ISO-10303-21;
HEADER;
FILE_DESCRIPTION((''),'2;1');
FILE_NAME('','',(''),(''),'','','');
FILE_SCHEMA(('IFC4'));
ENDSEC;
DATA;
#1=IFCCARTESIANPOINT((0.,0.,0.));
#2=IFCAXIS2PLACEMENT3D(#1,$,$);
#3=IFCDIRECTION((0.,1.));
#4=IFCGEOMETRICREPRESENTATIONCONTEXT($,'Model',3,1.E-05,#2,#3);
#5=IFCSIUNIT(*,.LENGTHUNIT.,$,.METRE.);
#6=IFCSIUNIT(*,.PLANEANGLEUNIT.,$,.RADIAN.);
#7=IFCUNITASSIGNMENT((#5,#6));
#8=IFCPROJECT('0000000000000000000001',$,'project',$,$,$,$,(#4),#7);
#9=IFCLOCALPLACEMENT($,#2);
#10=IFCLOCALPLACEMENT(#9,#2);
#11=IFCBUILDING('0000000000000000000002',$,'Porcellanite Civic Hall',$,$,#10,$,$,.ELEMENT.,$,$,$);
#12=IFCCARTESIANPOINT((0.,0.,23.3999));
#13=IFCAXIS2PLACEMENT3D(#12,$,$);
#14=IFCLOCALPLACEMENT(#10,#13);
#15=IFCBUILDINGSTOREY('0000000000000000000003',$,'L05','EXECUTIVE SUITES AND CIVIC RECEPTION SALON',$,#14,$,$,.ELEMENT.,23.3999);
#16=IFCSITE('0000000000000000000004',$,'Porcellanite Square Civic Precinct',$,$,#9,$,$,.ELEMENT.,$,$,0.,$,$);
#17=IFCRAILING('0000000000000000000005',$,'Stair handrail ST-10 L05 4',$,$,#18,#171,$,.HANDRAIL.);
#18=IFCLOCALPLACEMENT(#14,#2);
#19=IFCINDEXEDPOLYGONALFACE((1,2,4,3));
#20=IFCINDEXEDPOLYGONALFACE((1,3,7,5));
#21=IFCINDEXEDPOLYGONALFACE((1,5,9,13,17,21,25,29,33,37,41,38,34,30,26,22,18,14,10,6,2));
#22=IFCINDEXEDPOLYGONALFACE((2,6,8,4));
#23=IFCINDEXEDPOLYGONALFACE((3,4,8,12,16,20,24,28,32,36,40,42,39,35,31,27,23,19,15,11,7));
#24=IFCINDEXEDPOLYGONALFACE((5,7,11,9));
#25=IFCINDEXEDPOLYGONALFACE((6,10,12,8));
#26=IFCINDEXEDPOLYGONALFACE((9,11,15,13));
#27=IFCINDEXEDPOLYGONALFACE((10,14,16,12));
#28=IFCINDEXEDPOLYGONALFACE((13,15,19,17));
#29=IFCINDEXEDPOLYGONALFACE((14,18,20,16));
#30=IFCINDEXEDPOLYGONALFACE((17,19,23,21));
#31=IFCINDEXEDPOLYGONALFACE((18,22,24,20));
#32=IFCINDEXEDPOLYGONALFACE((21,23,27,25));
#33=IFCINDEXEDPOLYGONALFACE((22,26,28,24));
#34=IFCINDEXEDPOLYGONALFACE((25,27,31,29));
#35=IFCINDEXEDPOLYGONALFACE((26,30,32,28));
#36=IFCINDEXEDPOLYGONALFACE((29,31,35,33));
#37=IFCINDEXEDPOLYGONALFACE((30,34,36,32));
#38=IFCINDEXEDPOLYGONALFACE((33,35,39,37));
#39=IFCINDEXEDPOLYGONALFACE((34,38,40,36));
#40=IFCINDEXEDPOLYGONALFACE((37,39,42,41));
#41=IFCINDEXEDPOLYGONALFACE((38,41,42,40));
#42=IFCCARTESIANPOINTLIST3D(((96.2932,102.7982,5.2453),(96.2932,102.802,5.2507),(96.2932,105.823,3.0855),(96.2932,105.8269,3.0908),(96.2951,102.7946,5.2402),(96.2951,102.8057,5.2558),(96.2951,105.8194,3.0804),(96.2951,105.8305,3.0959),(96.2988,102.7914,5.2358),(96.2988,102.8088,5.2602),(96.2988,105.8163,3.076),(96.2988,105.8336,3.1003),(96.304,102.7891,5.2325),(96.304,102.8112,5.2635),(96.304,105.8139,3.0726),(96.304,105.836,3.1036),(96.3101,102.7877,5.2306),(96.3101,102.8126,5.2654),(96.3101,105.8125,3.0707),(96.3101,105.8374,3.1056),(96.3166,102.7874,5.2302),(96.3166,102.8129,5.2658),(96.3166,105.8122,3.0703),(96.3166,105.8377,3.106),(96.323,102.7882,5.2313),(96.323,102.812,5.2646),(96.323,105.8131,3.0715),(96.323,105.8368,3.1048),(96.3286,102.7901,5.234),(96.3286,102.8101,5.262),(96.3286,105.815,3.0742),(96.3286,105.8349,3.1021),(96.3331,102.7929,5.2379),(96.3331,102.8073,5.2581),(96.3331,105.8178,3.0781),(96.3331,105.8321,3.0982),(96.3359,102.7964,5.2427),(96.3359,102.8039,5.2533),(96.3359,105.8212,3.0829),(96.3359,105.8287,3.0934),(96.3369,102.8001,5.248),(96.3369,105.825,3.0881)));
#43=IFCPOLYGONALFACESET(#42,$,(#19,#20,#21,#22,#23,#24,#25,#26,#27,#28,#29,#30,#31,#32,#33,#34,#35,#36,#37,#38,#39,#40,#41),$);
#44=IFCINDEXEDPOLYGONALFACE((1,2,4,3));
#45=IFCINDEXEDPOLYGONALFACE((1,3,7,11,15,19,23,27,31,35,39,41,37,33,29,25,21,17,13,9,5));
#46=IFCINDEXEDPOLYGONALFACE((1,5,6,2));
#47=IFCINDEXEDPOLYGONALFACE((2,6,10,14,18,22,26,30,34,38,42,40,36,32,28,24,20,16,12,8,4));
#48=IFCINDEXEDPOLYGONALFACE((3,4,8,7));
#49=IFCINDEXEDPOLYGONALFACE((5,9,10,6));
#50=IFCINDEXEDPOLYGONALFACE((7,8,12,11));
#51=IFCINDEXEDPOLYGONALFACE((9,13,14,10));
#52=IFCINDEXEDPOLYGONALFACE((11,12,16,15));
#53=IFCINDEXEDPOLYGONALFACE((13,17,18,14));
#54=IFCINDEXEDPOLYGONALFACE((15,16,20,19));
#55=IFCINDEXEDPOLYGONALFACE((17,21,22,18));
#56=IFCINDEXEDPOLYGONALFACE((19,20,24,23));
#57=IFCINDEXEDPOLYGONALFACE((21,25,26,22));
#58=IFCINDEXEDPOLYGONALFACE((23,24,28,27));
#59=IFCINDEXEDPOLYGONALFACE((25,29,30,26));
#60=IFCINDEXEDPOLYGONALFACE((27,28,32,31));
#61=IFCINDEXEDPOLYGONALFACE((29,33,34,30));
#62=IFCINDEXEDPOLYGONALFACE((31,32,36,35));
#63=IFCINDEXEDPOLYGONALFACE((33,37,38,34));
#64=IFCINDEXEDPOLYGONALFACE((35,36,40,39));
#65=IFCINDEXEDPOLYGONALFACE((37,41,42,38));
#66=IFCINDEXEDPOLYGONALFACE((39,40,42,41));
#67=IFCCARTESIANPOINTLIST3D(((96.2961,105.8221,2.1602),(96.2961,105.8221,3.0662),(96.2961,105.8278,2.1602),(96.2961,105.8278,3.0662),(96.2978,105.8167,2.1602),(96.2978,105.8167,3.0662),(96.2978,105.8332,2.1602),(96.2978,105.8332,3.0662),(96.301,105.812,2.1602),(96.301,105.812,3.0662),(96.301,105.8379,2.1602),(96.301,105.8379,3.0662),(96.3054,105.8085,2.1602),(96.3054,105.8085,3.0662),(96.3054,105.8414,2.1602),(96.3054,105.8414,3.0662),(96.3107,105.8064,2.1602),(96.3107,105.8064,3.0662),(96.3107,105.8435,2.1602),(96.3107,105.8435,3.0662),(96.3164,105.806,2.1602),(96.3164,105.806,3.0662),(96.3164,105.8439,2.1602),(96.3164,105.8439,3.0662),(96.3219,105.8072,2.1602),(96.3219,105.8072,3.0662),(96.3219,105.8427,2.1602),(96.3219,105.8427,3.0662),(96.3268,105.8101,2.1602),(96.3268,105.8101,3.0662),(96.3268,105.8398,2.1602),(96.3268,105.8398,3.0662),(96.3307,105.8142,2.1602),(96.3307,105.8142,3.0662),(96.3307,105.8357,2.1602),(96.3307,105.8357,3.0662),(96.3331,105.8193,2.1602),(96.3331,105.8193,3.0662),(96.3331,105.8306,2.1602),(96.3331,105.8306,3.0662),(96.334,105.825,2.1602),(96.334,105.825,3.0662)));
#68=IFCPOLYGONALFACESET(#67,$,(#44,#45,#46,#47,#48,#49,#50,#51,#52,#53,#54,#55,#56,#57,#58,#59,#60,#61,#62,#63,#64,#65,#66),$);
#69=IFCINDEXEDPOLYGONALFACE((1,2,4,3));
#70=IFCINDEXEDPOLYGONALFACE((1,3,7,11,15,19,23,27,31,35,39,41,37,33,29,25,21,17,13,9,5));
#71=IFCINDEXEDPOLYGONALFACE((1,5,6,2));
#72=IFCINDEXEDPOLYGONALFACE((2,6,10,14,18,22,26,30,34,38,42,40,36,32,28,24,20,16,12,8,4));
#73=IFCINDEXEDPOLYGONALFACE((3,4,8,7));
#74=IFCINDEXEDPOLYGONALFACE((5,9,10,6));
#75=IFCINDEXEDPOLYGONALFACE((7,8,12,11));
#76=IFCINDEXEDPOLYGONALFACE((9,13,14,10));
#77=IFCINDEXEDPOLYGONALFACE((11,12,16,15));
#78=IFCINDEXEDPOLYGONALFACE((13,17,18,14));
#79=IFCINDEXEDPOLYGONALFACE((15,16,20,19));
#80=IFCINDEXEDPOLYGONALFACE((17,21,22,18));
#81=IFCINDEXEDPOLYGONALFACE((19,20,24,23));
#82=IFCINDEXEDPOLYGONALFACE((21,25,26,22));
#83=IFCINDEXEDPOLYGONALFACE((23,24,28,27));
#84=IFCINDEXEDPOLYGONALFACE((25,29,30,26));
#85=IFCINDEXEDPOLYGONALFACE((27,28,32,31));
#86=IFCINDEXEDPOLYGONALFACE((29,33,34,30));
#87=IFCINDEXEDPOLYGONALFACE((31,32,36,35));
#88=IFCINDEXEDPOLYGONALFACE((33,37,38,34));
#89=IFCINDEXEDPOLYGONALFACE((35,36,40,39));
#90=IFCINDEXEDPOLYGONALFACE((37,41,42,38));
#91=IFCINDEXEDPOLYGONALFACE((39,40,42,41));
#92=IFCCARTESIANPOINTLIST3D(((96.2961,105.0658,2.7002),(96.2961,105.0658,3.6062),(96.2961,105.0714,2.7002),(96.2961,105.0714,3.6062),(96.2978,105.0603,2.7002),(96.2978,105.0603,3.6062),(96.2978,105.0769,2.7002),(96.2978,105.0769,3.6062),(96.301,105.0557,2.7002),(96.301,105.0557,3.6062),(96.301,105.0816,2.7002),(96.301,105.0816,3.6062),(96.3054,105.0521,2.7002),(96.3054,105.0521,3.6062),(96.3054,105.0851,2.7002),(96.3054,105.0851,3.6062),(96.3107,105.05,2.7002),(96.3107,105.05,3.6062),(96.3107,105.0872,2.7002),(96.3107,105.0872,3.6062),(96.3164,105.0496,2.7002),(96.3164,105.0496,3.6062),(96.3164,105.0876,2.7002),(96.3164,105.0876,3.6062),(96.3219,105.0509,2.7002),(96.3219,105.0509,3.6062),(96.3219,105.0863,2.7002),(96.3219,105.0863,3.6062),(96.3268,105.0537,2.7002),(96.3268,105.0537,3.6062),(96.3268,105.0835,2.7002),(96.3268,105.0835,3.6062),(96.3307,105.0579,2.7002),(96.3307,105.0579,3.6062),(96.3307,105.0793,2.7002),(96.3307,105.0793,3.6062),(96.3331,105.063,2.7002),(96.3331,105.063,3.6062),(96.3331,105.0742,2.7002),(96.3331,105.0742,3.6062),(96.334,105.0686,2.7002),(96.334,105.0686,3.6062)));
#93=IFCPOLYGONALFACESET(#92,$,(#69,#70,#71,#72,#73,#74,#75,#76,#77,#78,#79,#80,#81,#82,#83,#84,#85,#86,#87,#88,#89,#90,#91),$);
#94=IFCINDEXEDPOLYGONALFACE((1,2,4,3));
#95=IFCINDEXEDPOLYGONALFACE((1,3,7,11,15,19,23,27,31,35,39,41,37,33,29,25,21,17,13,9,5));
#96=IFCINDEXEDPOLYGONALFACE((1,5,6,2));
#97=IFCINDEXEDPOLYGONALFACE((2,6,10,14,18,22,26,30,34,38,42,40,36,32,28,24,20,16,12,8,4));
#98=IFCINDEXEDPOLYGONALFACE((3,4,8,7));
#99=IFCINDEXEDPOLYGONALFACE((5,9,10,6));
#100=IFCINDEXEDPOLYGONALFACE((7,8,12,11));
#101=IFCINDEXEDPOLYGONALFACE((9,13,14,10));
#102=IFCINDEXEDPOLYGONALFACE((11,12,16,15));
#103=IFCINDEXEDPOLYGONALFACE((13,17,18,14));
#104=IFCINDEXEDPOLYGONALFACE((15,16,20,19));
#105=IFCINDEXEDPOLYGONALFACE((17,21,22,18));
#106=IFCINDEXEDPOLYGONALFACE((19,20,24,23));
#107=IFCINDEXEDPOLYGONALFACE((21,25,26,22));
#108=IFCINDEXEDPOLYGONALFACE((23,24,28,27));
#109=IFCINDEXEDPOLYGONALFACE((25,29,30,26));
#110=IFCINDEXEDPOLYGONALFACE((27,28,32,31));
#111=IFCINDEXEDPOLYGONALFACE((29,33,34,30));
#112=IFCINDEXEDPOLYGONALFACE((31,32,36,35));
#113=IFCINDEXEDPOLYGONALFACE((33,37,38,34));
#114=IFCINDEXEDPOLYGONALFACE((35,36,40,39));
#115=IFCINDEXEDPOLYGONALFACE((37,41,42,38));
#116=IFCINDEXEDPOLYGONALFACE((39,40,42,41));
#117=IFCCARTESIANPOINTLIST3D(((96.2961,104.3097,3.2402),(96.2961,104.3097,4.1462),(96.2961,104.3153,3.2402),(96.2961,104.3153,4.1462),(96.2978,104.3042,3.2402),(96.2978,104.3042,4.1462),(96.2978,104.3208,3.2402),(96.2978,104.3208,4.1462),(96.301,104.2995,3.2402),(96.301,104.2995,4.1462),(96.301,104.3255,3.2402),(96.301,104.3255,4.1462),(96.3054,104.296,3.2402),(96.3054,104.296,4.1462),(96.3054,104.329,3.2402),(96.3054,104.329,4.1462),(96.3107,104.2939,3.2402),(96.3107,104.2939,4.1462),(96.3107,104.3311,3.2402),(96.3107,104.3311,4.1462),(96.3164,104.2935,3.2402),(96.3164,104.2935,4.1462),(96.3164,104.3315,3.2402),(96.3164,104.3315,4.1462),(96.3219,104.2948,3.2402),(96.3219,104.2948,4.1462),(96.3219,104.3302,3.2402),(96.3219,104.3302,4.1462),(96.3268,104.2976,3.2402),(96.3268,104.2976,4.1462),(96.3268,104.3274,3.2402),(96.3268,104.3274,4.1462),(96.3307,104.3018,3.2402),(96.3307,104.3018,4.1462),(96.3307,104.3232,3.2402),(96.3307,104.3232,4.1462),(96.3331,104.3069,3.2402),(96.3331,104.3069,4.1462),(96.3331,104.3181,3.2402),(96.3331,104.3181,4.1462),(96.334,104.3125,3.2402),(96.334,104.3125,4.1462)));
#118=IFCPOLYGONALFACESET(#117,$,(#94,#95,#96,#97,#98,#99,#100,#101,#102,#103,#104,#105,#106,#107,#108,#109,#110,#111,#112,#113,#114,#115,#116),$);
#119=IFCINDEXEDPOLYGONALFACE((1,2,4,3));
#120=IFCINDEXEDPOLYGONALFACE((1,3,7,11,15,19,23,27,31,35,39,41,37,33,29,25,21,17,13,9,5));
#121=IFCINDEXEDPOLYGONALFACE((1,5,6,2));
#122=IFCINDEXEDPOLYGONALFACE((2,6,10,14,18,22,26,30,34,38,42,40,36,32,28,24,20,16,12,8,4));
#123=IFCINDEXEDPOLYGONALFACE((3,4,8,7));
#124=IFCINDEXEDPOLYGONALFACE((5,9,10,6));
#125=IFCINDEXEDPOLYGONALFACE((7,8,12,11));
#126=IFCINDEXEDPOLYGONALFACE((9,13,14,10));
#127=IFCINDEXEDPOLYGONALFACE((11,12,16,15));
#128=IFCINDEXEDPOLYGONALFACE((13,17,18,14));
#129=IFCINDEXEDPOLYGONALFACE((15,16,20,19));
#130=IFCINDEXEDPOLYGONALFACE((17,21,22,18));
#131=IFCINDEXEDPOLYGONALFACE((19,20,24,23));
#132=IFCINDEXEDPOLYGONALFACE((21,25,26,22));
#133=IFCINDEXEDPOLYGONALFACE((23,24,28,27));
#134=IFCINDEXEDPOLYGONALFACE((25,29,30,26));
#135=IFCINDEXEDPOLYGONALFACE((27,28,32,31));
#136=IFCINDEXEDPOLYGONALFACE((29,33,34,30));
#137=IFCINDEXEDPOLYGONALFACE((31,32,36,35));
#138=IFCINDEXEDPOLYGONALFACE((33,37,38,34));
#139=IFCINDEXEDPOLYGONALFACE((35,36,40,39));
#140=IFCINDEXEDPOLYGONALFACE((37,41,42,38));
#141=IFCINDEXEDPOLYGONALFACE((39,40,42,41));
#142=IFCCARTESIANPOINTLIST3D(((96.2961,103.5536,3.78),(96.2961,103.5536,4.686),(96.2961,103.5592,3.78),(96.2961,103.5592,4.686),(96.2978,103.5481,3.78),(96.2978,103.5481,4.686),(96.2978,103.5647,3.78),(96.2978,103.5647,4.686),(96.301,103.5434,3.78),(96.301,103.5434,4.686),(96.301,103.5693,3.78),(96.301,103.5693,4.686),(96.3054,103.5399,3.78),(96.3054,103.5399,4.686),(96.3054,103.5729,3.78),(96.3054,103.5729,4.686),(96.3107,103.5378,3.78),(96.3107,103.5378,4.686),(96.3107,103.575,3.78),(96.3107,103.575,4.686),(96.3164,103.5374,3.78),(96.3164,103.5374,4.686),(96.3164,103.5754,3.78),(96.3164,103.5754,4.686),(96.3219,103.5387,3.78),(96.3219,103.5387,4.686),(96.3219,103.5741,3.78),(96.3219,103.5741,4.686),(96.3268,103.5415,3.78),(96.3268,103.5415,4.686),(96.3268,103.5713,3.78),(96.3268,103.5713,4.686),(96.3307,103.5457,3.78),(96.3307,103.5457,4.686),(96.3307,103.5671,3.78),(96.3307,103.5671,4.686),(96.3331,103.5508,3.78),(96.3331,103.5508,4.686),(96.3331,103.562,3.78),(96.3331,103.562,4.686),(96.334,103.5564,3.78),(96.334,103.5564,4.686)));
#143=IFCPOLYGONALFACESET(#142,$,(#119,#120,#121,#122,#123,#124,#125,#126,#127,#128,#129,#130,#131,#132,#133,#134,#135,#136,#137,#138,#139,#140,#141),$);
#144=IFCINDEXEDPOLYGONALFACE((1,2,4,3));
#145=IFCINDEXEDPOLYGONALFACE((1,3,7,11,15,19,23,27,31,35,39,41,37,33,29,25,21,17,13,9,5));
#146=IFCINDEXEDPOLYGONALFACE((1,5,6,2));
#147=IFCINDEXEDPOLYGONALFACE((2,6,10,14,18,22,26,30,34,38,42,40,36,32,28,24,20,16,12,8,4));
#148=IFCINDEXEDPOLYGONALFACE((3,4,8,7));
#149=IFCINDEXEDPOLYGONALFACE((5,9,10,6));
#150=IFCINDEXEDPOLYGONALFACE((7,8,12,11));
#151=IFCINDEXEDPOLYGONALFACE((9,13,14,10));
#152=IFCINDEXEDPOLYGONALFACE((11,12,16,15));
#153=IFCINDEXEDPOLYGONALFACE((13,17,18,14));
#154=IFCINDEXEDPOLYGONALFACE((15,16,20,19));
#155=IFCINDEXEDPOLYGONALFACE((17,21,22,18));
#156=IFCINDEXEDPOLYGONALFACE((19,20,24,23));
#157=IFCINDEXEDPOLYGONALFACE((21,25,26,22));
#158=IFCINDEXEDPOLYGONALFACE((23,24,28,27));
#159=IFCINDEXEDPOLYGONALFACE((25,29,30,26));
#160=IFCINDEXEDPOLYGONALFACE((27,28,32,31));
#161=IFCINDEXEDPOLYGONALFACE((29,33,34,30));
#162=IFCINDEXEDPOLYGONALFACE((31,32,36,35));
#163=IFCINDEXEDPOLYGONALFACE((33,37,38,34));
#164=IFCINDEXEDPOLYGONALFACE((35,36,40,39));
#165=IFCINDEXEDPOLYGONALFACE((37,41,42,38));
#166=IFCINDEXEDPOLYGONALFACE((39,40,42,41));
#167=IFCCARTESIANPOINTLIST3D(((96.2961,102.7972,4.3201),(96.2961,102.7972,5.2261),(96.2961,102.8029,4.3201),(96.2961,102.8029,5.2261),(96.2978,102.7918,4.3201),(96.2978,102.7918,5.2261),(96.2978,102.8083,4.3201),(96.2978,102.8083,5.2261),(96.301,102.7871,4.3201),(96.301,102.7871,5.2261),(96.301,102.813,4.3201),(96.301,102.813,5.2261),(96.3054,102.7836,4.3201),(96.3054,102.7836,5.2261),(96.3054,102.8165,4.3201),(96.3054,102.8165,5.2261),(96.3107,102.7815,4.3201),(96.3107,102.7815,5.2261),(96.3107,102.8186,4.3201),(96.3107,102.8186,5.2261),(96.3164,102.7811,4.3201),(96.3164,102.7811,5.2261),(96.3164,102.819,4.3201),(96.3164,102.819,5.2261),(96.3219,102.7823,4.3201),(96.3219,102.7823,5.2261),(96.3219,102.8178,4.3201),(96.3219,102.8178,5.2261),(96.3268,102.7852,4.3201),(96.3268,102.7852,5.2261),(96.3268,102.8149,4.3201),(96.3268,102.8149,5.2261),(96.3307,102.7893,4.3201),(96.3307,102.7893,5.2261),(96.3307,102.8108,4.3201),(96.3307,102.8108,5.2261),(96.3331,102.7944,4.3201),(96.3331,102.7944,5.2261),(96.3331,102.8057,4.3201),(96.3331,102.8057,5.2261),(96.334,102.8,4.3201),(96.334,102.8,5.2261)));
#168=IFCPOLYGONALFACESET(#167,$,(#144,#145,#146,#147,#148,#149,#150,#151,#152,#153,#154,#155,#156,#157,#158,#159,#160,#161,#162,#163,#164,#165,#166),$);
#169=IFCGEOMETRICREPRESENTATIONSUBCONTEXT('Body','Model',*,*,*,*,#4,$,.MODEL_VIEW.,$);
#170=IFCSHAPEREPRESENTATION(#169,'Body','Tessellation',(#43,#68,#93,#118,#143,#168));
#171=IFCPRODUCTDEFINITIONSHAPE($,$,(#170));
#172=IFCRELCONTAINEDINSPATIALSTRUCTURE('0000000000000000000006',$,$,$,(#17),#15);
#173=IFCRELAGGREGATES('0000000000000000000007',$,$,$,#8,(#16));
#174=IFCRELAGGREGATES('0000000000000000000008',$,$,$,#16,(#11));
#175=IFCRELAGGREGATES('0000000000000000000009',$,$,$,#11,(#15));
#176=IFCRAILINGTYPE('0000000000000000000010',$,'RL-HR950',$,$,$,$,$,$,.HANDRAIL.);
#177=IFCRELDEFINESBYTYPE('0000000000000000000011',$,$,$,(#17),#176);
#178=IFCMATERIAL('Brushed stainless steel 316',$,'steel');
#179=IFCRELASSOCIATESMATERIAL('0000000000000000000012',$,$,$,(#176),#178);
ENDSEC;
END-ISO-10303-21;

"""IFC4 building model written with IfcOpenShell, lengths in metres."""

from ifc_helpers import new_model, si_unit, direction, frame, origin, origin_2d, place, context, subcontext, project, spatial, circle, extrude, material, type_object, element, save


model = new_model("IFC4")

# Units and contexts
model_context = context("Model", 3, precision=1e-05, world=origin(), true_north=direction((0.0, 1.0)))
body_context = subcontext(model_context, "Body", "Model", "MODEL_VIEW")
ifc_project = project(units=[si_unit("LENGTHUNIT", "METRE"), si_unit("PLANEANGLEUNIT", "RADIAN")], contexts=[model_context])

# Site, building, storey
site_placement = place(None, origin())
site = spatial("IfcSite", under=ifc_project, at=site_placement, Name="Porcellanite Square Civic Precinct", CompositionType="ELEMENT", RefElevation=0.0)
building_placement = place(site_placement, origin())
building = spatial("IfcBuilding", under=site, at=building_placement, Name="Porcellanite Civic Hall", CompositionType="ELEMENT")
storey_placement = place(building_placement, frame((0.0, 0.0, 23.3999)))
storey = spatial("IfcBuildingStorey", under=building, at=storey_placement, Name="L05", Description="EXECUTIVE SUITES AND CIVIC RECEPTION SALON", CompositionType="ELEMENT", Elevation=23.3999)

# Railing
ifc_material_1 = material(Name="Brushed stainless steel 316", Category="steel")
railing_type_1 = type_object("IfcRailingType", Name="RL-HR950", PredefinedType="HANDRAIL", material=ifc_material_1)
railing_1_placement = place(storey_placement, frame((96.3149, 105.825, 2.1602)))
element("IfcRailing", 1, at=railing_1_placement, inside=storey, type_object=railing_type_1, Name="Stair handrail ST-10 L05 4", PredefinedType="HANDRAIL", context=body_context, shape_type="SweptSolid", body=[
    extrude(circle(Radius=0.022, at=origin_2d()), frame((0.0, 0.0, 0.928), z_axis=(0.0, -0.813827, 0.581108), x_axis=(1.0, 0.0, 0.0)), (0.0, 0.0, 1.0), 3.7168),
    extrude(circle(Radius=0.019, at=origin_2d()), origin(), (0.0, 0.0, 1.0), 0.906),
    extrude(circle(Radius=0.019, at=origin_2d()), frame((0.0, -0.7563, 0.54)), (0.0, 0.0, 1.0), 0.906),
    extrude(circle(Radius=0.019, at=origin_2d()), frame((0.0, -1.5125, 1.0801)), (0.0, 0.0, 1.0), 0.906),
    extrude(circle(Radius=0.019, at=origin_2d()), frame((0.0, -2.2686, 1.6199)), (0.0, 0.0, 1.0), 0.906),
    extrude(circle(Radius=0.019, at=origin_2d()), frame((0.0, -3.0249, 2.1599)), (0.0, 0.0, 1.0), 0.906),
])

save(model, "model.ifc")
